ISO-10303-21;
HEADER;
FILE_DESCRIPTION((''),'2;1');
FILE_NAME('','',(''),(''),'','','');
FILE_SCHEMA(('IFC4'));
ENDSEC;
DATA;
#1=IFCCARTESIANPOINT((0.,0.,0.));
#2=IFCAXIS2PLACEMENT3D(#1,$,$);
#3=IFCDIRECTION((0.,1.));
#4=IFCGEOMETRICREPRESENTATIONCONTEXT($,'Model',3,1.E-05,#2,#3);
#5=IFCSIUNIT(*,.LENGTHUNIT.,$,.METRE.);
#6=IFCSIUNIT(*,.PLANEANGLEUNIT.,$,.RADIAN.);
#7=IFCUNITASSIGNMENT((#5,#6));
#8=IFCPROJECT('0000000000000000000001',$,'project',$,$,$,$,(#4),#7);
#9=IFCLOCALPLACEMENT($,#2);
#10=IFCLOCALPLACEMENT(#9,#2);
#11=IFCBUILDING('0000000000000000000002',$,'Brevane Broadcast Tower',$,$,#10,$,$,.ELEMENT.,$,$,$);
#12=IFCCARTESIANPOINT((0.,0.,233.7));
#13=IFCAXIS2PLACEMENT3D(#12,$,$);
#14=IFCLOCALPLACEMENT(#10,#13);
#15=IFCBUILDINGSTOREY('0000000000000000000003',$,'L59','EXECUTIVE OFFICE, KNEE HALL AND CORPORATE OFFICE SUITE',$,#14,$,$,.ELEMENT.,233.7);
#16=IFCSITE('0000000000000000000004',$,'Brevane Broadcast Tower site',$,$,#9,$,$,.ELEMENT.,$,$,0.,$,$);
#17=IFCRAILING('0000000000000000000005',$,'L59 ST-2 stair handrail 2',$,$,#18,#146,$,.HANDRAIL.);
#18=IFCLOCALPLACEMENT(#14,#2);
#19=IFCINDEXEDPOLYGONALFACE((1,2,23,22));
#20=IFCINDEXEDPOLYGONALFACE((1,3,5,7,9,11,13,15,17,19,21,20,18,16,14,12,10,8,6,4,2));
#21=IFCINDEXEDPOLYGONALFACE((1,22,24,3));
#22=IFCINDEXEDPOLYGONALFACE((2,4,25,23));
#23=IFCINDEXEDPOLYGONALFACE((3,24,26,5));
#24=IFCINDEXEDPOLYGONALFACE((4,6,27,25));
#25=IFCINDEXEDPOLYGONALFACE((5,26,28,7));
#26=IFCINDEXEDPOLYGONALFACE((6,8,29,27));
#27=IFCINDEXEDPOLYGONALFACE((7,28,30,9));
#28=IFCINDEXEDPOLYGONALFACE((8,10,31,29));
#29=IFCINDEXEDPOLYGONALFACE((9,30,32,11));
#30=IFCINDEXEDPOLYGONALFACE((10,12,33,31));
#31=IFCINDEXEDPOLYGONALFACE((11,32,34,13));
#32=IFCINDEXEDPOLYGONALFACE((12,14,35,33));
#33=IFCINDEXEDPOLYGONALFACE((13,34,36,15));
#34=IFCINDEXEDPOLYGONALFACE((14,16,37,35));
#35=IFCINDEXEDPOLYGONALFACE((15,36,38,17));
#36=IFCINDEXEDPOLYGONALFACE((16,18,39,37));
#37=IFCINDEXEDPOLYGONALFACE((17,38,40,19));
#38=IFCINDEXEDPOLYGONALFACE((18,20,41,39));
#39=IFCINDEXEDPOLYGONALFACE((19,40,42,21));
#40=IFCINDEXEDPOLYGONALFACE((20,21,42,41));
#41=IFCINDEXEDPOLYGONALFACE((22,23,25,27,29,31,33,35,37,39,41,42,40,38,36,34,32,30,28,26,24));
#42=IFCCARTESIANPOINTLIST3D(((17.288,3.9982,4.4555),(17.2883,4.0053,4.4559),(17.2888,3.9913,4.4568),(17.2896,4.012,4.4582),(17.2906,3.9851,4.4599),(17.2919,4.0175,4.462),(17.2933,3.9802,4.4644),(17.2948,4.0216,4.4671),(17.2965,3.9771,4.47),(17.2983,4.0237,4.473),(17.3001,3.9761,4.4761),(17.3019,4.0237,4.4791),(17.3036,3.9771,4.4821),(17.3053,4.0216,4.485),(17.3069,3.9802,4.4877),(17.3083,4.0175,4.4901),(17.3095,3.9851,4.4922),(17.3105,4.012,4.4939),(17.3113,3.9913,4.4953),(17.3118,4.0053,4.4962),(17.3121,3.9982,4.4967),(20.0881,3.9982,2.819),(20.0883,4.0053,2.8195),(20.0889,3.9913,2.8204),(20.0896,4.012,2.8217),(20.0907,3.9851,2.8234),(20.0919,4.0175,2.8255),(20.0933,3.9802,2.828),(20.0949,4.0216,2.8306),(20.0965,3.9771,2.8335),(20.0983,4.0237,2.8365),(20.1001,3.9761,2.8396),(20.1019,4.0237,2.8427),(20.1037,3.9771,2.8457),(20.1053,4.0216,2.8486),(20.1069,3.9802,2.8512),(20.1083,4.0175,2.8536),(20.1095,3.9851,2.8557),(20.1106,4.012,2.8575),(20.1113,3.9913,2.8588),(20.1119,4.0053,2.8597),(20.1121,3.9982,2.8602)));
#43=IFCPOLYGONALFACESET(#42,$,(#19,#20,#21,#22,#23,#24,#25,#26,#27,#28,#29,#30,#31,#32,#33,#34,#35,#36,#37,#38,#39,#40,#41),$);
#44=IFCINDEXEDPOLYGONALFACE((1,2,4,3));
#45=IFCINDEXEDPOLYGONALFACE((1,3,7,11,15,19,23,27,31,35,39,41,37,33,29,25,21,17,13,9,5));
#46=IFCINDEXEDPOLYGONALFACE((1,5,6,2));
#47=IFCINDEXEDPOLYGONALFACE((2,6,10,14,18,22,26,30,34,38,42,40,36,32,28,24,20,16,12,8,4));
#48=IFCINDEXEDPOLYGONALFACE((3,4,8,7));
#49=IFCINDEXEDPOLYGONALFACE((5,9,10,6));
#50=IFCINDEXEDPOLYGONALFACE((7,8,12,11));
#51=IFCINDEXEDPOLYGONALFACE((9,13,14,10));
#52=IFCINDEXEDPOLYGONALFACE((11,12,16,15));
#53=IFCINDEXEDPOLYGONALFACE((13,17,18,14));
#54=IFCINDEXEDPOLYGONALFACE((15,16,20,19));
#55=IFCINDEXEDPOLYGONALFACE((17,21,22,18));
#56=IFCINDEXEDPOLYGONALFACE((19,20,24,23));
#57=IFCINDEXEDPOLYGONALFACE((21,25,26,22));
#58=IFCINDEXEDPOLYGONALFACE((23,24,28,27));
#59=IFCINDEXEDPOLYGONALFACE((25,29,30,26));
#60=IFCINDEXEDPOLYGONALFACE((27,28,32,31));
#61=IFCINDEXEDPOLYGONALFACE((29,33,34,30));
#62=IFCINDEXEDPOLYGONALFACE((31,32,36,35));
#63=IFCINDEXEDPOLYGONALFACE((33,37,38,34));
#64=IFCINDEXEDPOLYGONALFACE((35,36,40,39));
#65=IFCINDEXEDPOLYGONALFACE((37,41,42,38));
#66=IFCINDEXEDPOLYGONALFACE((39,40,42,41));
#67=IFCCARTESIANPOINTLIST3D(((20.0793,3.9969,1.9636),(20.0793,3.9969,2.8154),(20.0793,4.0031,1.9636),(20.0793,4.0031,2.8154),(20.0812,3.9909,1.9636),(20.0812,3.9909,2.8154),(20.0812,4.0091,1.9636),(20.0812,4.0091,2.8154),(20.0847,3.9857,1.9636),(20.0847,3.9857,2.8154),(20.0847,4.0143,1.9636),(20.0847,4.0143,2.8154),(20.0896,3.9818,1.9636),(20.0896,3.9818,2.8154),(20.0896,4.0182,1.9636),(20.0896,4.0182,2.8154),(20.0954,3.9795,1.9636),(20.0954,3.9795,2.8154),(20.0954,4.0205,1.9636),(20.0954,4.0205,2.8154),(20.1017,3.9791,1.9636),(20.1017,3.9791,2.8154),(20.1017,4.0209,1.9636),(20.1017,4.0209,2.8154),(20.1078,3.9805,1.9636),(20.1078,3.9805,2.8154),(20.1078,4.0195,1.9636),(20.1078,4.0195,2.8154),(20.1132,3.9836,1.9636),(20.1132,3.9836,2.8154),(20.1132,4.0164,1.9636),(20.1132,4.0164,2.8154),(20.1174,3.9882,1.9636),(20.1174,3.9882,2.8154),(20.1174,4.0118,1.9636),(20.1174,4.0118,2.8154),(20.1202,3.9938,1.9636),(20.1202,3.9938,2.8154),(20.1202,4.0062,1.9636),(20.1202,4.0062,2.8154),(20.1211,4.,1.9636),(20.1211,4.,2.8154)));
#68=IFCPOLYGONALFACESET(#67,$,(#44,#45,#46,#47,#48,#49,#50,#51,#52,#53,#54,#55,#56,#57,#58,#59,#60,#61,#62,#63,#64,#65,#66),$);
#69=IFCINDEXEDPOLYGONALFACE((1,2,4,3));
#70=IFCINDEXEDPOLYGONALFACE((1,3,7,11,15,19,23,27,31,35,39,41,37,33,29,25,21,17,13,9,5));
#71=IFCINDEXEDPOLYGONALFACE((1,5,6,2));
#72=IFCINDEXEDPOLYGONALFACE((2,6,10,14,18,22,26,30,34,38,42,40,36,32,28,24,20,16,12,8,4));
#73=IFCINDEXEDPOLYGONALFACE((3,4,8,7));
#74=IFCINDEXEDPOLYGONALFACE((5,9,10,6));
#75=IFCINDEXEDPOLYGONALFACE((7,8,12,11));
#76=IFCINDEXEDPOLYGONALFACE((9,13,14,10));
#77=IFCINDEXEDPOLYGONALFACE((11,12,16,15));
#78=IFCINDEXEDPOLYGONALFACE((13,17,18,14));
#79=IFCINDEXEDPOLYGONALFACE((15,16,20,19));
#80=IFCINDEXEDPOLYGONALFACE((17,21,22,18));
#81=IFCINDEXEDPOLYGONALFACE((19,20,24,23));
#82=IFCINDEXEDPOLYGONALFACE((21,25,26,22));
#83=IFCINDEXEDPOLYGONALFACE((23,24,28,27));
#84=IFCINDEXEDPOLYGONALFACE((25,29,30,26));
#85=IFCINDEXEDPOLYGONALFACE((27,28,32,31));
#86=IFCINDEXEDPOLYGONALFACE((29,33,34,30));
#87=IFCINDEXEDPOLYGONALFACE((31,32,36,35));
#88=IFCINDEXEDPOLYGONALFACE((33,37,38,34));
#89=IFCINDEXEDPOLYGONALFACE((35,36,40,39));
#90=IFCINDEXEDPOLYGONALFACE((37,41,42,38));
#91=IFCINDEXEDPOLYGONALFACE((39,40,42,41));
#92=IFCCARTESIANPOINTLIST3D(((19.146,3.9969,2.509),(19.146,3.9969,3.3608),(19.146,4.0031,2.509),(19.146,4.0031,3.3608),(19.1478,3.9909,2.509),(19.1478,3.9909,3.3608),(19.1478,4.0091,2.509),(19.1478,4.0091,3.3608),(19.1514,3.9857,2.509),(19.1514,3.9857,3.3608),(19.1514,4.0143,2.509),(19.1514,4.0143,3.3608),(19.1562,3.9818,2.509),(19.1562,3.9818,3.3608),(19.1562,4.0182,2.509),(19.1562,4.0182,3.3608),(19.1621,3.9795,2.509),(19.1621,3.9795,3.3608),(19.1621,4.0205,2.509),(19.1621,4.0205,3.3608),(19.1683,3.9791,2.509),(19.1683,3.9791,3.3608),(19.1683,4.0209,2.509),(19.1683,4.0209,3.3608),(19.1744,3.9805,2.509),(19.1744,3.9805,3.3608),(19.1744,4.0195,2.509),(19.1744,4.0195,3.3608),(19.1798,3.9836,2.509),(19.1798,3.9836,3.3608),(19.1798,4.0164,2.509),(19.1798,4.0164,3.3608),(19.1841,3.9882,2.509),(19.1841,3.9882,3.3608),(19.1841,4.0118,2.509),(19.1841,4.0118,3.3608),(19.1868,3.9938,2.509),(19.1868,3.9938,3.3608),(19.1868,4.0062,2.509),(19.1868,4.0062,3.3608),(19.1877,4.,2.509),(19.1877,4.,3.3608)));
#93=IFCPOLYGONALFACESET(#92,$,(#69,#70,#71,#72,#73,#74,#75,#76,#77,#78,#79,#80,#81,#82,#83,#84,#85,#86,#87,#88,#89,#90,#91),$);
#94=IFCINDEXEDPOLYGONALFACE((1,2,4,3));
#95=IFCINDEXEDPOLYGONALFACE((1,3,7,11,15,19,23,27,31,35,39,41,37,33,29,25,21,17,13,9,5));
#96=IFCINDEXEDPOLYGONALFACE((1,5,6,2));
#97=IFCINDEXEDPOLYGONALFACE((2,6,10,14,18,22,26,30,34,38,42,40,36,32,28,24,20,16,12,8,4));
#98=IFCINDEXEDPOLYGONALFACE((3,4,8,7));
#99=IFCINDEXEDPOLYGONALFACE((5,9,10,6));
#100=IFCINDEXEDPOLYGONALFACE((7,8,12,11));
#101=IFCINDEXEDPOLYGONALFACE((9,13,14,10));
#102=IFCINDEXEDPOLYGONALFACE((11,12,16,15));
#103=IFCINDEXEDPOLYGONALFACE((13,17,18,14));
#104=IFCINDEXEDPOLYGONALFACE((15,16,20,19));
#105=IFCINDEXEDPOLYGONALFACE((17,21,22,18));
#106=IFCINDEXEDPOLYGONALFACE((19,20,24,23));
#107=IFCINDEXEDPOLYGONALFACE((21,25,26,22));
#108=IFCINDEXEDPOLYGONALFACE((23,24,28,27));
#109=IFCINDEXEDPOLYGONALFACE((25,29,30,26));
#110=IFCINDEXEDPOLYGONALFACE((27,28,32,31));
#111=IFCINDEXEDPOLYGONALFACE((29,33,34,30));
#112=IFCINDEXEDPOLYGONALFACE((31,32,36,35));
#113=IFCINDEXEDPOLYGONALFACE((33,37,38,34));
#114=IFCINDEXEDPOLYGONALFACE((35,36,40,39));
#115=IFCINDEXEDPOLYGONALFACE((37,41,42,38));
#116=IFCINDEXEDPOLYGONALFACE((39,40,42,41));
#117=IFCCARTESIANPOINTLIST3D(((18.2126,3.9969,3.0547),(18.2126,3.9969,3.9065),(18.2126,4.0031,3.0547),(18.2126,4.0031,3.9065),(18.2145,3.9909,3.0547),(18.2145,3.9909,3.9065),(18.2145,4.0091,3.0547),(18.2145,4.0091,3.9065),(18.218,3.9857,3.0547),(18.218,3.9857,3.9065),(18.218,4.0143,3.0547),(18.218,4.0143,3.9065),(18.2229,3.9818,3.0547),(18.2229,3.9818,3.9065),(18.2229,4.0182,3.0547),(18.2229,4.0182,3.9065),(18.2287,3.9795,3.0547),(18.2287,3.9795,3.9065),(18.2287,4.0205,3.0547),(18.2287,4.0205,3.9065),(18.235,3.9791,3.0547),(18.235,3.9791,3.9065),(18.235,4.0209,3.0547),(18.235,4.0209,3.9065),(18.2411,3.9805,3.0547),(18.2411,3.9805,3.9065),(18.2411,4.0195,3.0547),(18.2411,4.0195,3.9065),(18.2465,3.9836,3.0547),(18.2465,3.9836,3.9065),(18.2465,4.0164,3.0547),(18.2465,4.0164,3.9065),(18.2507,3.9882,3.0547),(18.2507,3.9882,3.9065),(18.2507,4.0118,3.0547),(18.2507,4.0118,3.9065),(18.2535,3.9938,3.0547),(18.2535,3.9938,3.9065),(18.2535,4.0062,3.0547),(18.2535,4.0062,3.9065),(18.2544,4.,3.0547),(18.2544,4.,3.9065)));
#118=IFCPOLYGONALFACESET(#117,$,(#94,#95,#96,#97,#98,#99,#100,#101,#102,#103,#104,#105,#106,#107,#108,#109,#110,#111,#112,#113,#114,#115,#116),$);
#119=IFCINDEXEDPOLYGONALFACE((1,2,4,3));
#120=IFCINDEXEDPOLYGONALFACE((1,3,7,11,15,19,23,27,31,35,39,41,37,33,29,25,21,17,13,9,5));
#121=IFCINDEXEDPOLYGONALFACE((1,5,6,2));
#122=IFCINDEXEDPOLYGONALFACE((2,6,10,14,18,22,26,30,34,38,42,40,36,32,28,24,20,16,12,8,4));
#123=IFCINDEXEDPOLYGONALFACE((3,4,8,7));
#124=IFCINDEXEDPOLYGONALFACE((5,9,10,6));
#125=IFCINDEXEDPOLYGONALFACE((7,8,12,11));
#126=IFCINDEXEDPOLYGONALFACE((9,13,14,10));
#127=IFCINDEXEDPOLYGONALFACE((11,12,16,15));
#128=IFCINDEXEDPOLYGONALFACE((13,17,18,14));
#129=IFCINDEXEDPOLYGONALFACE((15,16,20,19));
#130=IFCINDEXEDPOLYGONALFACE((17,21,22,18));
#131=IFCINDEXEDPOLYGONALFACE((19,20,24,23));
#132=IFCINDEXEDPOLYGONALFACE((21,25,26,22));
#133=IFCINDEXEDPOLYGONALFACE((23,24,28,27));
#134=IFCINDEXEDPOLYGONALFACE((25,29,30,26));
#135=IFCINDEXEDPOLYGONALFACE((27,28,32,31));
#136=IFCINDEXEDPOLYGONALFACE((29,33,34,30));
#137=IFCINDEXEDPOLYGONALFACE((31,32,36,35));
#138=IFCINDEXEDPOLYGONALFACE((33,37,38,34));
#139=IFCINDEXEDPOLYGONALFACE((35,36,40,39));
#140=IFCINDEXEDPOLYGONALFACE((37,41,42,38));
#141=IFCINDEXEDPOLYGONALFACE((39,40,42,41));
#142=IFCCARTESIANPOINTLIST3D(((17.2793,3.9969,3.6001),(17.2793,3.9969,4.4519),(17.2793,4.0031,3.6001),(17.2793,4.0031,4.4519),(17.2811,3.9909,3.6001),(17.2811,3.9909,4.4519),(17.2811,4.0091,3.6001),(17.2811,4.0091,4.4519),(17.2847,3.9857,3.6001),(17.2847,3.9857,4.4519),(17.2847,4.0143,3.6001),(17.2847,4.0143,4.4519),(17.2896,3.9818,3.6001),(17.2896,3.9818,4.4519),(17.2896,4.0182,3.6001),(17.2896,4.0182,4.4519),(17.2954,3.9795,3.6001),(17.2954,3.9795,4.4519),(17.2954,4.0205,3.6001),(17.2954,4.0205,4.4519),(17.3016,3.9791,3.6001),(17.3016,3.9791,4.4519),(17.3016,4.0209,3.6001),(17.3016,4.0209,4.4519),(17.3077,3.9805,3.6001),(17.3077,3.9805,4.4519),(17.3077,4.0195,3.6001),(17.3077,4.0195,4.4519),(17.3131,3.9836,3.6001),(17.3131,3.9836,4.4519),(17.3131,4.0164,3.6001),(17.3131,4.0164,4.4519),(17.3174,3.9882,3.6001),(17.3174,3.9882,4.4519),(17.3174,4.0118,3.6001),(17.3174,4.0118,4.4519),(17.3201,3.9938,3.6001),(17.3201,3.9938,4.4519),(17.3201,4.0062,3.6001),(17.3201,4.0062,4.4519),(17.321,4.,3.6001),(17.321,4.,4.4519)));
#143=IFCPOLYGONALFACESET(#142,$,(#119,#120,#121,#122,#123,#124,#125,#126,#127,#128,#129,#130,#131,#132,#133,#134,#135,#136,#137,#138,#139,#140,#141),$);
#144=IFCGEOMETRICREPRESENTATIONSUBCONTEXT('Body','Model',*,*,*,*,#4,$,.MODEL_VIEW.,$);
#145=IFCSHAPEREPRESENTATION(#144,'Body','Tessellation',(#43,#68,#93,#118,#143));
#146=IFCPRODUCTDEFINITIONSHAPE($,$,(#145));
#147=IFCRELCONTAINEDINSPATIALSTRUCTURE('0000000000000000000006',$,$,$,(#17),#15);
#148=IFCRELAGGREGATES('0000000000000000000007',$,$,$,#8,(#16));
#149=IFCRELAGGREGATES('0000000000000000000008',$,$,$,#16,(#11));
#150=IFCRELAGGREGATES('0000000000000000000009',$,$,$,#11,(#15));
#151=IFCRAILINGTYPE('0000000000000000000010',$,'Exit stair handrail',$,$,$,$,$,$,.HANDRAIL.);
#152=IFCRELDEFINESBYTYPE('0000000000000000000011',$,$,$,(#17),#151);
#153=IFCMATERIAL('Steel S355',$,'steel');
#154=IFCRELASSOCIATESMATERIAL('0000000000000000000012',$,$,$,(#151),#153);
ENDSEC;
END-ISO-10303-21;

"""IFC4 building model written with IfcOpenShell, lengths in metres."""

from ifc_helpers import new_model, si_unit, direction, frame, origin, origin_2d, place, context, subcontext, project, spatial, circle, extrude, material, type_object, element, save


model = new_model("IFC4")

# Units and contexts
model_context = context("Model", 3, precision=1e-05, world=origin(), true_north=direction((0.0, 1.0)))
body_context = subcontext(model_context, "Body", "Model", "MODEL_VIEW")
ifc_project = project(units=[si_unit("LENGTHUNIT", "METRE"), si_unit("PLANEANGLEUNIT", "RADIAN")], contexts=[model_context])

# Site, building, storey
site_placement = place(None, origin())
site = spatial("IfcSite", under=ifc_project, at=site_placement, Name="Brevane Broadcast Tower site", CompositionType="ELEMENT", RefElevation=0.0)
building_placement = place(site_placement, origin())
building = spatial("IfcBuilding", under=site, at=building_placement, Name="Brevane Broadcast Tower", CompositionType="ELEMENT")
storey_placement = place(building_placement, frame((0.0, 0.0, 233.7)))
storey = spatial("IfcBuildingStorey", under=building, at=storey_placement, Name="L59", Description="EXECUTIVE OFFICE, KNEE HALL AND CORPORATE OFFICE SUITE", CompositionType="ELEMENT", Elevation=233.7)

# Railing
ifc_material_1 = material(Name="Steel S355", Category="steel")
railing_type_1 = type_object("IfcRailingType", Name="Exit stair handrail", PredefinedType="HANDRAIL", material=ifc_material_1)
railing_1_placement = place(storey_placement, frame((20.1001, 4.0, 1.9636)))
element("IfcRailing", 1, at=railing_1_placement, inside=storey, type_object=railing_type_1, Name="L59 ST-2 stair handrail 2", PredefinedType="HANDRAIL", context=body_context, shape_type="SweptSolid", body=[
    extrude(circle(Radius=0.0239, at=origin_2d()), frame((0.0, 0.0, 0.876), z_axis=(-0.863361, 0.0, 0.504587), x_axis=(0.0, -1.0, 0.0)), (0.0, 0.0, 1.0), 3.2432),
    extrude(circle(Radius=0.021, at=origin_2d()), origin(), (0.0, 0.0, 1.0), 0.8518),
    extrude(circle(Radius=0.021, at=origin_2d()), frame((-0.9333, 0.0, 0.5454)), (0.0, 0.0, 1.0), 0.8518),
    extrude(circle(Radius=0.021, at=origin_2d()), frame((-1.8667, 0.0, 1.0911)), (0.0, 0.0, 1.0), 0.8518),
    extrude(circle(Radius=0.021, at=origin_2d()), frame((-2.8, 0.0, 1.6365)), (0.0, 0.0, 1.0), 0.8518),
])

save(model, "model.ifc")
